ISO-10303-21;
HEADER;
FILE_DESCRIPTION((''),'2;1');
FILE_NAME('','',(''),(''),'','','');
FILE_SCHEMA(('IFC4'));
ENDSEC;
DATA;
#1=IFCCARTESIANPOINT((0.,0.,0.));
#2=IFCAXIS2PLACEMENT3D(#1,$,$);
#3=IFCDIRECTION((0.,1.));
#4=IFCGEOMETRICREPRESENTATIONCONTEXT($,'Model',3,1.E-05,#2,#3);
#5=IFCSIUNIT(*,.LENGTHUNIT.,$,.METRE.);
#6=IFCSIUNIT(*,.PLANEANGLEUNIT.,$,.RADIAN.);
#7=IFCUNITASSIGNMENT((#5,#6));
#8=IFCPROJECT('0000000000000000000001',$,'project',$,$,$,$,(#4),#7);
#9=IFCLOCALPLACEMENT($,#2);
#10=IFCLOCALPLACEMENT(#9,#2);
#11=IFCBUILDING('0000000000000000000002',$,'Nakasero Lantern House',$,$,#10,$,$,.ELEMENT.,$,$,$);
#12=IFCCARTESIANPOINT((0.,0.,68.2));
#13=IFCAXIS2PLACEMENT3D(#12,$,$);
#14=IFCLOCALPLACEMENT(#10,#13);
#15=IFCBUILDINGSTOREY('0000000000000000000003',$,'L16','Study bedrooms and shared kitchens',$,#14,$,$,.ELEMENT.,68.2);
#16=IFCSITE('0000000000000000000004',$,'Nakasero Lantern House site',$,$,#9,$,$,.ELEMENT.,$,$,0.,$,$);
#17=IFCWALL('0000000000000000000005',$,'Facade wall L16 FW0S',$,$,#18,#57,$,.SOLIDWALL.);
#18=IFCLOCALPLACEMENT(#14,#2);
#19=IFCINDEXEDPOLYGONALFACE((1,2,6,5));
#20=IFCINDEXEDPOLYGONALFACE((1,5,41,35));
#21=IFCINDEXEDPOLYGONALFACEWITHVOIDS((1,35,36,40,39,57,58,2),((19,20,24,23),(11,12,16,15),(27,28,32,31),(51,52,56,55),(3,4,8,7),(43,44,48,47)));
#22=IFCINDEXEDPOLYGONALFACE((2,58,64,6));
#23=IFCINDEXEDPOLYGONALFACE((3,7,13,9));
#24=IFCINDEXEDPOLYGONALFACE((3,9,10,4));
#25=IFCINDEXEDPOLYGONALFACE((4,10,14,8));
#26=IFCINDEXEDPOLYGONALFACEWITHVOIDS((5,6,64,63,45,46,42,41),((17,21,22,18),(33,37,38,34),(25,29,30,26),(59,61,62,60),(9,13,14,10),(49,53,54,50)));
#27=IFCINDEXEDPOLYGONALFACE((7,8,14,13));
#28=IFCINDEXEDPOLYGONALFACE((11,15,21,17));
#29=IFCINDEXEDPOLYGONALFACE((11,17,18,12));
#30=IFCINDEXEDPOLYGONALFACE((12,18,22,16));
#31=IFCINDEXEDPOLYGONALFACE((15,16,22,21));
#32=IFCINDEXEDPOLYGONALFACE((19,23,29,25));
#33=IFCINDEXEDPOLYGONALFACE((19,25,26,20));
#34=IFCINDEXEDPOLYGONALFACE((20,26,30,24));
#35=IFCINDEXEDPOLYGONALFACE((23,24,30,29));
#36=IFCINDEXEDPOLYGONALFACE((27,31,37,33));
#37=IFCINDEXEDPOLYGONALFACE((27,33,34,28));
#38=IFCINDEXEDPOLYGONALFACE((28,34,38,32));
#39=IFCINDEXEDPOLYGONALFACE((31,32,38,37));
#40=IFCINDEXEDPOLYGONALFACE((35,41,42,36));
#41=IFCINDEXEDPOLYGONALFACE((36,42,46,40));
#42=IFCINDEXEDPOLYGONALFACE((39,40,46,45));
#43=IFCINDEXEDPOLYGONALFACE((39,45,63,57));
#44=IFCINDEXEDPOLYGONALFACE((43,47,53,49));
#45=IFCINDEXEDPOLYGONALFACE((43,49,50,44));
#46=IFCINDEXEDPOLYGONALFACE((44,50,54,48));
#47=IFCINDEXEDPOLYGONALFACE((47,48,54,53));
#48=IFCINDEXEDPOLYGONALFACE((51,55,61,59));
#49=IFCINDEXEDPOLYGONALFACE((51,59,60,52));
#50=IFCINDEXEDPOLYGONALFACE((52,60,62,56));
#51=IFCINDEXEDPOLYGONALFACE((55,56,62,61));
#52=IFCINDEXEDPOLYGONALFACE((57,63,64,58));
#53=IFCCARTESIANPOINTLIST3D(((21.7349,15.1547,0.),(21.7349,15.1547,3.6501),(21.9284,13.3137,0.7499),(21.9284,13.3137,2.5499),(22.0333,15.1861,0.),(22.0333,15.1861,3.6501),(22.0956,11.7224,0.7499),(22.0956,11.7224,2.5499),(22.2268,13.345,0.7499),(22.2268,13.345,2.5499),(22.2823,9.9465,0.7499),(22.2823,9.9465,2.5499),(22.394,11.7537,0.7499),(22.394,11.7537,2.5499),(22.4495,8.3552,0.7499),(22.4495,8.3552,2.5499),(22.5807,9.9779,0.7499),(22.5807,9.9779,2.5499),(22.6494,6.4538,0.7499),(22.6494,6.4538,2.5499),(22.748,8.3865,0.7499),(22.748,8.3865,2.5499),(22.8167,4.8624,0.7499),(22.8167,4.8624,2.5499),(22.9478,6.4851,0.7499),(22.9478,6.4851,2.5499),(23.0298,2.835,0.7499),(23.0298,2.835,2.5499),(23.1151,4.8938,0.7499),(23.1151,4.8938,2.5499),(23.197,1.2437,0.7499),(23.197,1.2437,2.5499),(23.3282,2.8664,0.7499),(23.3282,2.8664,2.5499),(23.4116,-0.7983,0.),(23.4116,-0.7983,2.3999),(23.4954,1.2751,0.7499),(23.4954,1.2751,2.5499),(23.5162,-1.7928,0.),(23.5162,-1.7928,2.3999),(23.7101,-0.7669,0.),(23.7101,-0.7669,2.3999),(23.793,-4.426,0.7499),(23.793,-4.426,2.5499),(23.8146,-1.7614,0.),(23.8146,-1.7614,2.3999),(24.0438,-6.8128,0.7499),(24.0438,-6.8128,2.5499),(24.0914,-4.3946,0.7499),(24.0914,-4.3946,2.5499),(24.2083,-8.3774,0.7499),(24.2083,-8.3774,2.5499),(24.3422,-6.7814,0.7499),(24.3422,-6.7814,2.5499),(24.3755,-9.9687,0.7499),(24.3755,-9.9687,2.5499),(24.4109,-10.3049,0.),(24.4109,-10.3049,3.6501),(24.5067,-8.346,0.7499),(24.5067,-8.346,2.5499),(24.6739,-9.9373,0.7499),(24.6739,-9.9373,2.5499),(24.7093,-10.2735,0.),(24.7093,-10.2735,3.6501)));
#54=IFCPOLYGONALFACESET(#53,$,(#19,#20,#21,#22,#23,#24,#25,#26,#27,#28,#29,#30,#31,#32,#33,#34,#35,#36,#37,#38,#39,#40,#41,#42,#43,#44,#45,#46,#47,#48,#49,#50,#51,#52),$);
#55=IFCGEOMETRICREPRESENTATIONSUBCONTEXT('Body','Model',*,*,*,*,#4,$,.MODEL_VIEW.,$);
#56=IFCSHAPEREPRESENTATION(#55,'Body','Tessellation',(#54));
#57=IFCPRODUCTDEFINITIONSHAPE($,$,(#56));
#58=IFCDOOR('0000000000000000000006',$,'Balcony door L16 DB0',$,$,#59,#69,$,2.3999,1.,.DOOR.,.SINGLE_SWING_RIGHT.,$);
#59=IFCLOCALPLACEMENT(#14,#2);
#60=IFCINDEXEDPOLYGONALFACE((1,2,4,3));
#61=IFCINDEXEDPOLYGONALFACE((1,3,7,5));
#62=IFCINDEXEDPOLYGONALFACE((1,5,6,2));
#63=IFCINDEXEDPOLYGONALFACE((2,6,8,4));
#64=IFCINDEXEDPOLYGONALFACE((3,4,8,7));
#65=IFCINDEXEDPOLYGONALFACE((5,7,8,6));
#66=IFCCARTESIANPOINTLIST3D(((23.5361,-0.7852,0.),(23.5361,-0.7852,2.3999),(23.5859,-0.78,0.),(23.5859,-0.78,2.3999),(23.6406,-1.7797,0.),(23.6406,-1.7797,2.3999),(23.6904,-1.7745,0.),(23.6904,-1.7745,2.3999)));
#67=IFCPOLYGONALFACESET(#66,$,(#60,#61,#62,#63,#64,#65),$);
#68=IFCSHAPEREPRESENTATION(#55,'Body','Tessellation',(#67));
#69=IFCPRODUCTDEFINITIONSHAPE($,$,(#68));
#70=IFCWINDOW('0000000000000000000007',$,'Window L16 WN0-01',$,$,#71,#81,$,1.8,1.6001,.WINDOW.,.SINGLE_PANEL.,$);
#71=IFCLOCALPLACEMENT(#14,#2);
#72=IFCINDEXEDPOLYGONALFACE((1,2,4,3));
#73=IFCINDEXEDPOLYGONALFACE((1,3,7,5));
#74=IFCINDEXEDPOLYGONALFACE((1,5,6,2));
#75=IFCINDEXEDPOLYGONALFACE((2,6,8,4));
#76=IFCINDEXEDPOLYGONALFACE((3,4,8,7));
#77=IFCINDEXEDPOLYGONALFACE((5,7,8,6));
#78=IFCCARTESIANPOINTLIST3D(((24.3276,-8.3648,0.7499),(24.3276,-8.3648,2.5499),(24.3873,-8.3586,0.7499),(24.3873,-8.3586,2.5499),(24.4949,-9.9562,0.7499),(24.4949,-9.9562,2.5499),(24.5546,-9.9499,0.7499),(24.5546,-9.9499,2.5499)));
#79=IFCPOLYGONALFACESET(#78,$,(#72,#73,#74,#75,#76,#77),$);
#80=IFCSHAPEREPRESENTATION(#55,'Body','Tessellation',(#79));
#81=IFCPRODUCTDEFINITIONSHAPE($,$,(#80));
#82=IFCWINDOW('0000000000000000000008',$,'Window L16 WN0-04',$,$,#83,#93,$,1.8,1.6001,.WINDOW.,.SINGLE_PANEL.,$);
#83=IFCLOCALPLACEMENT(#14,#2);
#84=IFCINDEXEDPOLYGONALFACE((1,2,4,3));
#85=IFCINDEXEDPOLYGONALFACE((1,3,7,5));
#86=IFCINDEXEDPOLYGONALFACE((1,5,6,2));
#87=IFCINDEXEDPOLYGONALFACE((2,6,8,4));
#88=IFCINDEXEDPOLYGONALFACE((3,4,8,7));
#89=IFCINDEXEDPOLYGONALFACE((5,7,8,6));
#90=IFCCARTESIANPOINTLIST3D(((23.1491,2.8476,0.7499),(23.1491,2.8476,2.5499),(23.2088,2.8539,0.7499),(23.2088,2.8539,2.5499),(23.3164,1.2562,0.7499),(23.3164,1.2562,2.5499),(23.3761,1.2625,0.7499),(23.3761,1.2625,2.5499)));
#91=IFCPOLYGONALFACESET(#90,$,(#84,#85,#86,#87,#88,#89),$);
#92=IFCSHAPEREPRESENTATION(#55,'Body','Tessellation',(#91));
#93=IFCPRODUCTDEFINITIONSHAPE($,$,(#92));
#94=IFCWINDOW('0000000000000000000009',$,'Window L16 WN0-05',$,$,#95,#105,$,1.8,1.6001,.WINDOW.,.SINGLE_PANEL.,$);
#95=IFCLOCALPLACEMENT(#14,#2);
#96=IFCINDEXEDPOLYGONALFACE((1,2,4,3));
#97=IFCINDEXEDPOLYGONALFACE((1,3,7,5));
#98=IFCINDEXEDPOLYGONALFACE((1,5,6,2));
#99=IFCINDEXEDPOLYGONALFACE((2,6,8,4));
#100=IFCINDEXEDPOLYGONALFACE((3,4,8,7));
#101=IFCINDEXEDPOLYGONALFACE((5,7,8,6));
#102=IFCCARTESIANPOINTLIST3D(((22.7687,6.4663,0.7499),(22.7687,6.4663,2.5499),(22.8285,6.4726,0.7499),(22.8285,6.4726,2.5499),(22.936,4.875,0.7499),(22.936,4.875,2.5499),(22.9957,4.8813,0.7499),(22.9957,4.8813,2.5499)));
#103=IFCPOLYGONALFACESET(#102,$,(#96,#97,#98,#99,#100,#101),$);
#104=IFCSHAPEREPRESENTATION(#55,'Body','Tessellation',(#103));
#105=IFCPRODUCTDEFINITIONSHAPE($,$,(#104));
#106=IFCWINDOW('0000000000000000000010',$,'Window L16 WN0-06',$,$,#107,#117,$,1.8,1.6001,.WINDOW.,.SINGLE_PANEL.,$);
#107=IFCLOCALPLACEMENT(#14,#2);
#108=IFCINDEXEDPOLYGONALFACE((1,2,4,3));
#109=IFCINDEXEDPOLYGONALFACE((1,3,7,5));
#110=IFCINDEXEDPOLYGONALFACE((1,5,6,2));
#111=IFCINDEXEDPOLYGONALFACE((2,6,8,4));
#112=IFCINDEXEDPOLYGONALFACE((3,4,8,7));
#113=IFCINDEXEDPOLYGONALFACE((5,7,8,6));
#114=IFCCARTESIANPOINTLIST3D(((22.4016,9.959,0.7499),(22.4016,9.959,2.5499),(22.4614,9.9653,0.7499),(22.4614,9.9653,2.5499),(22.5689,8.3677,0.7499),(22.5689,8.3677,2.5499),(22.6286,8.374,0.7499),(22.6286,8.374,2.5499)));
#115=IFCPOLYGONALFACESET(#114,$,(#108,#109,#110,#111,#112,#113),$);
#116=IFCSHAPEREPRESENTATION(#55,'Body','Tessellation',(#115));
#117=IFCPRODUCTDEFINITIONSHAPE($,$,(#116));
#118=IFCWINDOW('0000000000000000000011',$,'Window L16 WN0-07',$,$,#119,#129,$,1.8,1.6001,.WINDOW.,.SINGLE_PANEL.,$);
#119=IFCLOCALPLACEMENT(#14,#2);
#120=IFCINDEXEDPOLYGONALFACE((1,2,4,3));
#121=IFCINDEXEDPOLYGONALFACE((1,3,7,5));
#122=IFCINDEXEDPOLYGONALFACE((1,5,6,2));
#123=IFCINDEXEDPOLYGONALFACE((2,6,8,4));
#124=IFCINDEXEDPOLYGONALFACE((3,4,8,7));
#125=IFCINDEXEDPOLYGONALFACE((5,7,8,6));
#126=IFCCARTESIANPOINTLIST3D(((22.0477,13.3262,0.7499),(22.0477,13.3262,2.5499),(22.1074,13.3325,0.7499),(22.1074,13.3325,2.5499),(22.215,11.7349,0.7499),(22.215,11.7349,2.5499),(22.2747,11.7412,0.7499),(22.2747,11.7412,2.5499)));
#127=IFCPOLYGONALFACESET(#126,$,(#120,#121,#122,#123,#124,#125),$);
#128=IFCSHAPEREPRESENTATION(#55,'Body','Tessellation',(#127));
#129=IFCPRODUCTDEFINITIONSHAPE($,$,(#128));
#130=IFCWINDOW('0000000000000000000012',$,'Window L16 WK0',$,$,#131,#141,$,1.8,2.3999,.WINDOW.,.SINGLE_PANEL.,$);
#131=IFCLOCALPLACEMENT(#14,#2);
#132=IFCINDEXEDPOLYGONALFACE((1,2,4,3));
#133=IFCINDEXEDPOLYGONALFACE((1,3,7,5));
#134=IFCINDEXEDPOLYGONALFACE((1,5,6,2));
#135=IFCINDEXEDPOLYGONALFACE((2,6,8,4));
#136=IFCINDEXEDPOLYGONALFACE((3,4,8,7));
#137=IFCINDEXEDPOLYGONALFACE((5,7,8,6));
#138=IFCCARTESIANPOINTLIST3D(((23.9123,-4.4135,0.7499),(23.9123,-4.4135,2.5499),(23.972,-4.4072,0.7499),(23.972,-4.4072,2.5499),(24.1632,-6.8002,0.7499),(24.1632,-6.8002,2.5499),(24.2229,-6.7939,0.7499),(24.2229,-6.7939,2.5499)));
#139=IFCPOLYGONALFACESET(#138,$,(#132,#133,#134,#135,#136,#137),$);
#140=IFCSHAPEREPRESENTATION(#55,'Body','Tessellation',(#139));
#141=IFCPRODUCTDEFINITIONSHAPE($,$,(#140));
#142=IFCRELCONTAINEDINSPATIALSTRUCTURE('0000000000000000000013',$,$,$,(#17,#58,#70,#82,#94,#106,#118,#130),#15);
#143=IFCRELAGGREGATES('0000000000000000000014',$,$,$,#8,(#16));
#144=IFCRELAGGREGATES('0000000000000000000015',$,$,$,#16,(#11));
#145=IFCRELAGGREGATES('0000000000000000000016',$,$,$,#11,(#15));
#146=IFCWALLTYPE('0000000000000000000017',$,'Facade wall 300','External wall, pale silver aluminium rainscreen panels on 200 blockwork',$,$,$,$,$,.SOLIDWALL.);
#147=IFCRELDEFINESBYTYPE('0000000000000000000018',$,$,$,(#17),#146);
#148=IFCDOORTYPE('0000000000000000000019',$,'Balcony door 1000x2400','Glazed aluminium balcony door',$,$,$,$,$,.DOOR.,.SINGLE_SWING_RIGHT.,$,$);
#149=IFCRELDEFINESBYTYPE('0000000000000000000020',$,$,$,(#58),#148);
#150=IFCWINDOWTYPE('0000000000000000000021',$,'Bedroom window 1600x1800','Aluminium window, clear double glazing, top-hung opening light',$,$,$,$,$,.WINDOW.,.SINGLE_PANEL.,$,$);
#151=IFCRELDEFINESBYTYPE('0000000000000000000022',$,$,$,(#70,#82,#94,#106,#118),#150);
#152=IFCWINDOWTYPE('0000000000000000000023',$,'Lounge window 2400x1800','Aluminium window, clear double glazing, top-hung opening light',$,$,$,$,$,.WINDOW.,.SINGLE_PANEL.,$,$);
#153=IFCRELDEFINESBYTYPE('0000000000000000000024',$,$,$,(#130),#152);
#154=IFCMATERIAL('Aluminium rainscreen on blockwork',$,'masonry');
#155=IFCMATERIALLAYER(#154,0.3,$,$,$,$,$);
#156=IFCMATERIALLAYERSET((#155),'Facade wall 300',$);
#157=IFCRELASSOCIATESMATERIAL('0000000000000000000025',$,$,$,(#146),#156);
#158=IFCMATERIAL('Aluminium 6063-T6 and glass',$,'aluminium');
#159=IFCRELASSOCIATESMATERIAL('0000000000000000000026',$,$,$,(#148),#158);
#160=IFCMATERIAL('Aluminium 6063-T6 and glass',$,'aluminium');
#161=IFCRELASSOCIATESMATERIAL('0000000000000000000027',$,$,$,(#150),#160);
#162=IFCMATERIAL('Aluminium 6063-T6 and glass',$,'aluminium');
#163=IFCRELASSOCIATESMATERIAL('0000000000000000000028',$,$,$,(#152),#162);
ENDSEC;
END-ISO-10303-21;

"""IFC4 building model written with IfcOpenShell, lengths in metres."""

from ifc_helpers import new_model, si_unit, direction, frame, frame_2d, origin, place, context, subcontext, project, spatial, rectangle, extrude, material, layer, layer_set, type_object, element, fill, save


model = new_model("IFC4")

# Units and contexts
model_context = context("Model", 3, precision=1e-05, world=origin(), true_north=direction((0.0, 1.0)))
body_context = subcontext(model_context, "Body", "Model", "MODEL_VIEW")
ifc_project = project(units=[si_unit("LENGTHUNIT", "METRE"), si_unit("PLANEANGLEUNIT", "RADIAN")], contexts=[model_context])

# Site, building, storey
site_placement = place(None, origin())
site = spatial("IfcSite", under=ifc_project, at=site_placement, Name="Nakasero Lantern House site", CompositionType="ELEMENT", RefElevation=0.0)
building_placement = place(site_placement, origin())
building = spatial("IfcBuilding", under=site, at=building_placement, Name="Nakasero Lantern House", CompositionType="ELEMENT")
storey_placement = place(building_placement, frame((0.0, 0.0, 68.2)))
storey = spatial("IfcBuildingStorey", under=building, at=storey_placement, Name="L16", Description="Study bedrooms and shared kitchens", CompositionType="ELEMENT", Elevation=68.2)

# Wall, openings, door, windows
ifc_material_1 = material(Name="Aluminium rainscreen on blockwork", Category="masonry")
ifc_layer_1 = layer(ifc_material_1, 0.3)
ifc_layer_set_1 = layer_set([ifc_layer_1], Name="Facade wall 300")
wall_type_1 = type_object("IfcWallType", Name="Facade wall 300", Description="External wall, pale silver aluminium rainscreen panels on 200 blockwork", PredefinedType="SOLIDWALL", material=ifc_layer_set_1)
wall_1_placement = place(storey_placement, frame((24.5601, -10.2891, 0.0), z_axis=(0.0, 0.0, 1.0), x_axis=(-0.104532, 0.994521, 0.0)))
wall_1 = element("IfcWall", 1, at=wall_1_placement, inside=storey, type_object=wall_type_1, Name="Facade wall L16 FW0S", PredefinedType="SOLIDWALL", context=body_context, shape_type="SweptSolid", body=[
    extrude(rectangle(XDim=25.5999, YDim=0.3, at=frame_2d((12.7998, 0.0))), origin(), (0.0, 0.0, 1.0), 3.6501),
])
opening_1_placement = place(wall_1_placement, frame((0.3379, 0.0, 0.75)))
opening_1 = element("IfcOpeningElement", 2, at=opening_1_placement, cuts=wall_1, PredefinedType="OPENING", context=body_context, shape_type="SweptSolid", body=[
    extrude(rectangle(XDim=1.6001, YDim=1.8, at=frame_2d((0.8, 0.8999))), frame((0.0, 0.1699, 0.0), z_axis=(0.0, -1.0, 0.0), x_axis=(1.0, 0.0, 0.0)), (0.0, 0.0, 1.0), 0.3401),
])
opening_2_placement = place(wall_1_placement, frame((11.6121, 0.0, 0.75)))
opening_2 = element("IfcOpeningElement", 3, at=opening_2_placement, cuts=wall_1, PredefinedType="OPENING", context=body_context, shape_type="SweptSolid", body=[
    extrude(rectangle(XDim=1.6001, YDim=1.8, at=frame_2d((0.8, 0.8999))), frame((0.0, 0.1699, 0.0), z_axis=(0.0, -1.0, 0.0), x_axis=(1.0, 0.0, 0.0)), (0.0, 0.0, 1.0), 0.3401),
])
opening_3_placement = place(wall_1_placement, frame((15.2507, 0.0, 0.75)))
opening_3 = element("IfcOpeningElement", 4, at=opening_3_placement, cuts=wall_1, PredefinedType="OPENING", context=body_context, shape_type="SweptSolid", body=[
    extrude(rectangle(XDim=1.6001, YDim=1.8, at=frame_2d((0.8, 0.8999))), frame((0.0, 0.1699, 0.0), z_axis=(0.0, -1.0, 0.0), x_axis=(1.0, 0.0, 0.0)), (0.0, 0.0, 1.0), 0.3401),
])
opening_4_placement = place(wall_1_placement, frame((18.7627, 0.0, 0.75)))
opening_4 = element("IfcOpeningElement", 5, at=opening_4_placement, cuts=wall_1, PredefinedType="OPENING", context=body_context, shape_type="SweptSolid", body=[
    extrude(rectangle(XDim=1.6001, YDim=1.8, at=frame_2d((0.8, 0.8999))), frame((0.0, 0.1699, 0.0), z_axis=(0.0, -1.0, 0.0), x_axis=(1.0, 0.0, 0.0)), (0.0, 0.0, 1.0), 0.3401),
])
opening_5_placement = place(wall_1_placement, frame((22.1484, 0.0, 0.75)))
opening_5 = element("IfcOpeningElement", 6, at=opening_5_placement, cuts=wall_1, PredefinedType="OPENING", context=body_context, shape_type="SweptSolid", body=[
    extrude(rectangle(XDim=1.6001, YDim=1.8, at=frame_2d((0.8, 0.8999))), frame((0.0, 0.1699, 0.0), z_axis=(0.0, -1.0, 0.0), x_axis=(1.0, 0.0, 0.0)), (0.0, 0.0, 1.0), 0.3401),
])
opening_6_placement = place(wall_1_placement, frame((3.5112, 0.0, 0.75)))
opening_6 = element("IfcOpeningElement", 7, at=opening_6_placement, cuts=wall_1, PredefinedType="OPENING", context=body_context, shape_type="SweptSolid", body=[
    extrude(rectangle(XDim=2.3999, YDim=1.8, at=frame_2d((1.2, 0.8999))), frame((0.0, 0.1699, 0.0), z_axis=(0.0, -1.0, 0.0), x_axis=(1.0, 0.0, 0.0)), (0.0, 0.0, 1.0), 0.3401),
])
opening_7_placement = place(wall_1_placement, frame((8.5588, 0.0, 0.0)))
opening_7 = element("IfcOpeningElement", 8, at=opening_7_placement, cuts=wall_1, PredefinedType="OPENING", context=body_context, shape_type="SweptSolid", body=[
    extrude(rectangle(XDim=1.0, YDim=2.3999, at=frame_2d((0.5, 1.2))), frame((0.0, 0.1699, 0.0), z_axis=(0.0, -1.0, 0.0), x_axis=(1.0, 0.0, 0.0)), (0.0, 0.0, 1.0), 0.3401),
])
ifc_material_2 = material(Name="Aluminium 6063-T6 and glass", Category="aluminium")
door_type_1 = type_object("IfcDoorType", Name="Balcony door 1000x2400", Description="Glazed aluminium balcony door", OperationType="SINGLE_SWING_RIGHT", PredefinedType="DOOR", material=ifc_material_2)
door_1_placement = place(opening_7_placement, origin())
door_1 = element("IfcDoor", 9, at=door_1_placement, inside=storey, type_object=door_type_1, Name="Balcony door L16 DB0", OperationType="SINGLE_SWING_RIGHT", OverallHeight=2.3999, OverallWidth=1.0, PredefinedType="DOOR", context=body_context, shape_type="SweptSolid", body=[
    extrude(rectangle(XDim=1.0, YDim=2.3999, at=frame_2d((0.5, 1.2))), frame((0.0, 0.0249, 0.0), z_axis=(0.0, -1.0, 0.0), x_axis=(1.0, 0.0, 0.0)), (0.0, 0.0, 1.0), 0.05),
])
fill(opening_7, door_1)
ifc_material_3 = material(Name="Aluminium 6063-T6 and glass", Category="aluminium")
window_type_1 = type_object("IfcWindowType", Name="Bedroom window 1600x1800", Description="Aluminium window, clear double glazing, top-hung opening light", PartitioningType="SINGLE_PANEL", PredefinedType="WINDOW", material=ifc_material_3)
window_1_placement = place(opening_1_placement, origin())
window_1 = element("IfcWindow", 10, at=window_1_placement, inside=storey, type_object=window_type_1, Name="Window L16 WN0-01", OverallHeight=1.8, OverallWidth=1.6001, PartitioningType="SINGLE_PANEL", PredefinedType="WINDOW", context=body_context, shape_type="SweptSolid", body=[
    extrude(rectangle(XDim=1.6001, YDim=1.8, at=frame_2d((0.8, 0.8999))), frame((0.0, 0.03, 0.0), z_axis=(0.0, -1.0, 0.0), x_axis=(1.0, 0.0, 0.0)), (0.0, 0.0, 1.0), 0.0601),
])
fill(opening_1, window_1)
window_2_placement = place(opening_2_placement, origin())
window_2 = element("IfcWindow", 11, at=window_2_placement, inside=storey, type_object=window_type_1, Name="Window L16 WN0-04", OverallHeight=1.8, OverallWidth=1.6001, PartitioningType="SINGLE_PANEL", PredefinedType="WINDOW", context=body_context, shape_type="SweptSolid", body=[
    extrude(rectangle(XDim=1.6001, YDim=1.8, at=frame_2d((0.8, 0.8999))), frame((0.0, 0.03, 0.0), z_axis=(0.0, -1.0, 0.0), x_axis=(1.0, 0.0, 0.0)), (0.0, 0.0, 1.0), 0.0601),
])
fill(opening_2, window_2)
window_3_placement = place(opening_3_placement, origin())
window_3 = element("IfcWindow", 12, at=window_3_placement, inside=storey, type_object=window_type_1, Name="Window L16 WN0-05", OverallHeight=1.8, OverallWidth=1.6001, PartitioningType="SINGLE_PANEL", PredefinedType="WINDOW", context=body_context, shape_type="SweptSolid", body=[
    extrude(rectangle(XDim=1.6001, YDim=1.8, at=frame_2d((0.8, 0.8999))), frame((0.0, 0.03, 0.0), z_axis=(0.0, -1.0, 0.0), x_axis=(1.0, 0.0, 0.0)), (0.0, 0.0, 1.0), 0.0601),
])
fill(opening_3, window_3)
window_4_placement = place(opening_4_placement, origin())
window_4 = element("IfcWindow", 13, at=window_4_placement, inside=storey, type_object=window_type_1, Name="Window L16 WN0-06", OverallHeight=1.8, OverallWidth=1.6001, PartitioningType="SINGLE_PANEL", PredefinedType="WINDOW", context=body_context, shape_type="SweptSolid", body=[
    extrude(rectangle(XDim=1.6001, YDim=1.8, at=frame_2d((0.8, 0.8999))), frame((0.0, 0.03, 0.0), z_axis=(0.0, -1.0, 0.0), x_axis=(1.0, 0.0, 0.0)), (0.0, 0.0, 1.0), 0.0601),
])
fill(opening_4, window_4)
window_5_placement = place(opening_5_placement, origin())
window_5 = element("IfcWindow", 14, at=window_5_placement, inside=storey, type_object=window_type_1, Name="Window L16 WN0-07", OverallHeight=1.8, OverallWidth=1.6001, PartitioningType="SINGLE_PANEL", PredefinedType="WINDOW", context=body_context, shape_type="SweptSolid", body=[
    extrude(rectangle(XDim=1.6001, YDim=1.8, at=frame_2d((0.8, 0.8999))), frame((0.0, 0.03, 0.0), z_axis=(0.0, -1.0, 0.0), x_axis=(1.0, 0.0, 0.0)), (0.0, 0.0, 1.0), 0.0601),
])
fill(opening_5, window_5)
ifc_material_4 = material(Name="Aluminium 6063-T6 and glass", Category="aluminium")
window_type_2 = type_object("IfcWindowType", Name="Lounge window 2400x1800", Description="Aluminium window, clear double glazing, top-hung opening light", PartitioningType="SINGLE_PANEL", PredefinedType="WINDOW", material=ifc_material_4)
window_6_placement = place(opening_6_placement, origin())
window_6 = element("IfcWindow", 15, at=window_6_placement, inside=storey, type_object=window_type_2, Name="Window L16 WK0", OverallHeight=1.8, OverallWidth=2.3999, PartitioningType="SINGLE_PANEL", PredefinedType="WINDOW", context=body_context, shape_type="SweptSolid", body=[
    extrude(rectangle(XDim=2.3999, YDim=1.8, at=frame_2d((1.2, 0.8999))), frame((0.0, 0.03, 0.0), z_axis=(0.0, -1.0, 0.0), x_axis=(1.0, 0.0, 0.0)), (0.0, 0.0, 1.0), 0.0601),
])
fill(opening_6, window_6)

save(model, "model.ifc")
